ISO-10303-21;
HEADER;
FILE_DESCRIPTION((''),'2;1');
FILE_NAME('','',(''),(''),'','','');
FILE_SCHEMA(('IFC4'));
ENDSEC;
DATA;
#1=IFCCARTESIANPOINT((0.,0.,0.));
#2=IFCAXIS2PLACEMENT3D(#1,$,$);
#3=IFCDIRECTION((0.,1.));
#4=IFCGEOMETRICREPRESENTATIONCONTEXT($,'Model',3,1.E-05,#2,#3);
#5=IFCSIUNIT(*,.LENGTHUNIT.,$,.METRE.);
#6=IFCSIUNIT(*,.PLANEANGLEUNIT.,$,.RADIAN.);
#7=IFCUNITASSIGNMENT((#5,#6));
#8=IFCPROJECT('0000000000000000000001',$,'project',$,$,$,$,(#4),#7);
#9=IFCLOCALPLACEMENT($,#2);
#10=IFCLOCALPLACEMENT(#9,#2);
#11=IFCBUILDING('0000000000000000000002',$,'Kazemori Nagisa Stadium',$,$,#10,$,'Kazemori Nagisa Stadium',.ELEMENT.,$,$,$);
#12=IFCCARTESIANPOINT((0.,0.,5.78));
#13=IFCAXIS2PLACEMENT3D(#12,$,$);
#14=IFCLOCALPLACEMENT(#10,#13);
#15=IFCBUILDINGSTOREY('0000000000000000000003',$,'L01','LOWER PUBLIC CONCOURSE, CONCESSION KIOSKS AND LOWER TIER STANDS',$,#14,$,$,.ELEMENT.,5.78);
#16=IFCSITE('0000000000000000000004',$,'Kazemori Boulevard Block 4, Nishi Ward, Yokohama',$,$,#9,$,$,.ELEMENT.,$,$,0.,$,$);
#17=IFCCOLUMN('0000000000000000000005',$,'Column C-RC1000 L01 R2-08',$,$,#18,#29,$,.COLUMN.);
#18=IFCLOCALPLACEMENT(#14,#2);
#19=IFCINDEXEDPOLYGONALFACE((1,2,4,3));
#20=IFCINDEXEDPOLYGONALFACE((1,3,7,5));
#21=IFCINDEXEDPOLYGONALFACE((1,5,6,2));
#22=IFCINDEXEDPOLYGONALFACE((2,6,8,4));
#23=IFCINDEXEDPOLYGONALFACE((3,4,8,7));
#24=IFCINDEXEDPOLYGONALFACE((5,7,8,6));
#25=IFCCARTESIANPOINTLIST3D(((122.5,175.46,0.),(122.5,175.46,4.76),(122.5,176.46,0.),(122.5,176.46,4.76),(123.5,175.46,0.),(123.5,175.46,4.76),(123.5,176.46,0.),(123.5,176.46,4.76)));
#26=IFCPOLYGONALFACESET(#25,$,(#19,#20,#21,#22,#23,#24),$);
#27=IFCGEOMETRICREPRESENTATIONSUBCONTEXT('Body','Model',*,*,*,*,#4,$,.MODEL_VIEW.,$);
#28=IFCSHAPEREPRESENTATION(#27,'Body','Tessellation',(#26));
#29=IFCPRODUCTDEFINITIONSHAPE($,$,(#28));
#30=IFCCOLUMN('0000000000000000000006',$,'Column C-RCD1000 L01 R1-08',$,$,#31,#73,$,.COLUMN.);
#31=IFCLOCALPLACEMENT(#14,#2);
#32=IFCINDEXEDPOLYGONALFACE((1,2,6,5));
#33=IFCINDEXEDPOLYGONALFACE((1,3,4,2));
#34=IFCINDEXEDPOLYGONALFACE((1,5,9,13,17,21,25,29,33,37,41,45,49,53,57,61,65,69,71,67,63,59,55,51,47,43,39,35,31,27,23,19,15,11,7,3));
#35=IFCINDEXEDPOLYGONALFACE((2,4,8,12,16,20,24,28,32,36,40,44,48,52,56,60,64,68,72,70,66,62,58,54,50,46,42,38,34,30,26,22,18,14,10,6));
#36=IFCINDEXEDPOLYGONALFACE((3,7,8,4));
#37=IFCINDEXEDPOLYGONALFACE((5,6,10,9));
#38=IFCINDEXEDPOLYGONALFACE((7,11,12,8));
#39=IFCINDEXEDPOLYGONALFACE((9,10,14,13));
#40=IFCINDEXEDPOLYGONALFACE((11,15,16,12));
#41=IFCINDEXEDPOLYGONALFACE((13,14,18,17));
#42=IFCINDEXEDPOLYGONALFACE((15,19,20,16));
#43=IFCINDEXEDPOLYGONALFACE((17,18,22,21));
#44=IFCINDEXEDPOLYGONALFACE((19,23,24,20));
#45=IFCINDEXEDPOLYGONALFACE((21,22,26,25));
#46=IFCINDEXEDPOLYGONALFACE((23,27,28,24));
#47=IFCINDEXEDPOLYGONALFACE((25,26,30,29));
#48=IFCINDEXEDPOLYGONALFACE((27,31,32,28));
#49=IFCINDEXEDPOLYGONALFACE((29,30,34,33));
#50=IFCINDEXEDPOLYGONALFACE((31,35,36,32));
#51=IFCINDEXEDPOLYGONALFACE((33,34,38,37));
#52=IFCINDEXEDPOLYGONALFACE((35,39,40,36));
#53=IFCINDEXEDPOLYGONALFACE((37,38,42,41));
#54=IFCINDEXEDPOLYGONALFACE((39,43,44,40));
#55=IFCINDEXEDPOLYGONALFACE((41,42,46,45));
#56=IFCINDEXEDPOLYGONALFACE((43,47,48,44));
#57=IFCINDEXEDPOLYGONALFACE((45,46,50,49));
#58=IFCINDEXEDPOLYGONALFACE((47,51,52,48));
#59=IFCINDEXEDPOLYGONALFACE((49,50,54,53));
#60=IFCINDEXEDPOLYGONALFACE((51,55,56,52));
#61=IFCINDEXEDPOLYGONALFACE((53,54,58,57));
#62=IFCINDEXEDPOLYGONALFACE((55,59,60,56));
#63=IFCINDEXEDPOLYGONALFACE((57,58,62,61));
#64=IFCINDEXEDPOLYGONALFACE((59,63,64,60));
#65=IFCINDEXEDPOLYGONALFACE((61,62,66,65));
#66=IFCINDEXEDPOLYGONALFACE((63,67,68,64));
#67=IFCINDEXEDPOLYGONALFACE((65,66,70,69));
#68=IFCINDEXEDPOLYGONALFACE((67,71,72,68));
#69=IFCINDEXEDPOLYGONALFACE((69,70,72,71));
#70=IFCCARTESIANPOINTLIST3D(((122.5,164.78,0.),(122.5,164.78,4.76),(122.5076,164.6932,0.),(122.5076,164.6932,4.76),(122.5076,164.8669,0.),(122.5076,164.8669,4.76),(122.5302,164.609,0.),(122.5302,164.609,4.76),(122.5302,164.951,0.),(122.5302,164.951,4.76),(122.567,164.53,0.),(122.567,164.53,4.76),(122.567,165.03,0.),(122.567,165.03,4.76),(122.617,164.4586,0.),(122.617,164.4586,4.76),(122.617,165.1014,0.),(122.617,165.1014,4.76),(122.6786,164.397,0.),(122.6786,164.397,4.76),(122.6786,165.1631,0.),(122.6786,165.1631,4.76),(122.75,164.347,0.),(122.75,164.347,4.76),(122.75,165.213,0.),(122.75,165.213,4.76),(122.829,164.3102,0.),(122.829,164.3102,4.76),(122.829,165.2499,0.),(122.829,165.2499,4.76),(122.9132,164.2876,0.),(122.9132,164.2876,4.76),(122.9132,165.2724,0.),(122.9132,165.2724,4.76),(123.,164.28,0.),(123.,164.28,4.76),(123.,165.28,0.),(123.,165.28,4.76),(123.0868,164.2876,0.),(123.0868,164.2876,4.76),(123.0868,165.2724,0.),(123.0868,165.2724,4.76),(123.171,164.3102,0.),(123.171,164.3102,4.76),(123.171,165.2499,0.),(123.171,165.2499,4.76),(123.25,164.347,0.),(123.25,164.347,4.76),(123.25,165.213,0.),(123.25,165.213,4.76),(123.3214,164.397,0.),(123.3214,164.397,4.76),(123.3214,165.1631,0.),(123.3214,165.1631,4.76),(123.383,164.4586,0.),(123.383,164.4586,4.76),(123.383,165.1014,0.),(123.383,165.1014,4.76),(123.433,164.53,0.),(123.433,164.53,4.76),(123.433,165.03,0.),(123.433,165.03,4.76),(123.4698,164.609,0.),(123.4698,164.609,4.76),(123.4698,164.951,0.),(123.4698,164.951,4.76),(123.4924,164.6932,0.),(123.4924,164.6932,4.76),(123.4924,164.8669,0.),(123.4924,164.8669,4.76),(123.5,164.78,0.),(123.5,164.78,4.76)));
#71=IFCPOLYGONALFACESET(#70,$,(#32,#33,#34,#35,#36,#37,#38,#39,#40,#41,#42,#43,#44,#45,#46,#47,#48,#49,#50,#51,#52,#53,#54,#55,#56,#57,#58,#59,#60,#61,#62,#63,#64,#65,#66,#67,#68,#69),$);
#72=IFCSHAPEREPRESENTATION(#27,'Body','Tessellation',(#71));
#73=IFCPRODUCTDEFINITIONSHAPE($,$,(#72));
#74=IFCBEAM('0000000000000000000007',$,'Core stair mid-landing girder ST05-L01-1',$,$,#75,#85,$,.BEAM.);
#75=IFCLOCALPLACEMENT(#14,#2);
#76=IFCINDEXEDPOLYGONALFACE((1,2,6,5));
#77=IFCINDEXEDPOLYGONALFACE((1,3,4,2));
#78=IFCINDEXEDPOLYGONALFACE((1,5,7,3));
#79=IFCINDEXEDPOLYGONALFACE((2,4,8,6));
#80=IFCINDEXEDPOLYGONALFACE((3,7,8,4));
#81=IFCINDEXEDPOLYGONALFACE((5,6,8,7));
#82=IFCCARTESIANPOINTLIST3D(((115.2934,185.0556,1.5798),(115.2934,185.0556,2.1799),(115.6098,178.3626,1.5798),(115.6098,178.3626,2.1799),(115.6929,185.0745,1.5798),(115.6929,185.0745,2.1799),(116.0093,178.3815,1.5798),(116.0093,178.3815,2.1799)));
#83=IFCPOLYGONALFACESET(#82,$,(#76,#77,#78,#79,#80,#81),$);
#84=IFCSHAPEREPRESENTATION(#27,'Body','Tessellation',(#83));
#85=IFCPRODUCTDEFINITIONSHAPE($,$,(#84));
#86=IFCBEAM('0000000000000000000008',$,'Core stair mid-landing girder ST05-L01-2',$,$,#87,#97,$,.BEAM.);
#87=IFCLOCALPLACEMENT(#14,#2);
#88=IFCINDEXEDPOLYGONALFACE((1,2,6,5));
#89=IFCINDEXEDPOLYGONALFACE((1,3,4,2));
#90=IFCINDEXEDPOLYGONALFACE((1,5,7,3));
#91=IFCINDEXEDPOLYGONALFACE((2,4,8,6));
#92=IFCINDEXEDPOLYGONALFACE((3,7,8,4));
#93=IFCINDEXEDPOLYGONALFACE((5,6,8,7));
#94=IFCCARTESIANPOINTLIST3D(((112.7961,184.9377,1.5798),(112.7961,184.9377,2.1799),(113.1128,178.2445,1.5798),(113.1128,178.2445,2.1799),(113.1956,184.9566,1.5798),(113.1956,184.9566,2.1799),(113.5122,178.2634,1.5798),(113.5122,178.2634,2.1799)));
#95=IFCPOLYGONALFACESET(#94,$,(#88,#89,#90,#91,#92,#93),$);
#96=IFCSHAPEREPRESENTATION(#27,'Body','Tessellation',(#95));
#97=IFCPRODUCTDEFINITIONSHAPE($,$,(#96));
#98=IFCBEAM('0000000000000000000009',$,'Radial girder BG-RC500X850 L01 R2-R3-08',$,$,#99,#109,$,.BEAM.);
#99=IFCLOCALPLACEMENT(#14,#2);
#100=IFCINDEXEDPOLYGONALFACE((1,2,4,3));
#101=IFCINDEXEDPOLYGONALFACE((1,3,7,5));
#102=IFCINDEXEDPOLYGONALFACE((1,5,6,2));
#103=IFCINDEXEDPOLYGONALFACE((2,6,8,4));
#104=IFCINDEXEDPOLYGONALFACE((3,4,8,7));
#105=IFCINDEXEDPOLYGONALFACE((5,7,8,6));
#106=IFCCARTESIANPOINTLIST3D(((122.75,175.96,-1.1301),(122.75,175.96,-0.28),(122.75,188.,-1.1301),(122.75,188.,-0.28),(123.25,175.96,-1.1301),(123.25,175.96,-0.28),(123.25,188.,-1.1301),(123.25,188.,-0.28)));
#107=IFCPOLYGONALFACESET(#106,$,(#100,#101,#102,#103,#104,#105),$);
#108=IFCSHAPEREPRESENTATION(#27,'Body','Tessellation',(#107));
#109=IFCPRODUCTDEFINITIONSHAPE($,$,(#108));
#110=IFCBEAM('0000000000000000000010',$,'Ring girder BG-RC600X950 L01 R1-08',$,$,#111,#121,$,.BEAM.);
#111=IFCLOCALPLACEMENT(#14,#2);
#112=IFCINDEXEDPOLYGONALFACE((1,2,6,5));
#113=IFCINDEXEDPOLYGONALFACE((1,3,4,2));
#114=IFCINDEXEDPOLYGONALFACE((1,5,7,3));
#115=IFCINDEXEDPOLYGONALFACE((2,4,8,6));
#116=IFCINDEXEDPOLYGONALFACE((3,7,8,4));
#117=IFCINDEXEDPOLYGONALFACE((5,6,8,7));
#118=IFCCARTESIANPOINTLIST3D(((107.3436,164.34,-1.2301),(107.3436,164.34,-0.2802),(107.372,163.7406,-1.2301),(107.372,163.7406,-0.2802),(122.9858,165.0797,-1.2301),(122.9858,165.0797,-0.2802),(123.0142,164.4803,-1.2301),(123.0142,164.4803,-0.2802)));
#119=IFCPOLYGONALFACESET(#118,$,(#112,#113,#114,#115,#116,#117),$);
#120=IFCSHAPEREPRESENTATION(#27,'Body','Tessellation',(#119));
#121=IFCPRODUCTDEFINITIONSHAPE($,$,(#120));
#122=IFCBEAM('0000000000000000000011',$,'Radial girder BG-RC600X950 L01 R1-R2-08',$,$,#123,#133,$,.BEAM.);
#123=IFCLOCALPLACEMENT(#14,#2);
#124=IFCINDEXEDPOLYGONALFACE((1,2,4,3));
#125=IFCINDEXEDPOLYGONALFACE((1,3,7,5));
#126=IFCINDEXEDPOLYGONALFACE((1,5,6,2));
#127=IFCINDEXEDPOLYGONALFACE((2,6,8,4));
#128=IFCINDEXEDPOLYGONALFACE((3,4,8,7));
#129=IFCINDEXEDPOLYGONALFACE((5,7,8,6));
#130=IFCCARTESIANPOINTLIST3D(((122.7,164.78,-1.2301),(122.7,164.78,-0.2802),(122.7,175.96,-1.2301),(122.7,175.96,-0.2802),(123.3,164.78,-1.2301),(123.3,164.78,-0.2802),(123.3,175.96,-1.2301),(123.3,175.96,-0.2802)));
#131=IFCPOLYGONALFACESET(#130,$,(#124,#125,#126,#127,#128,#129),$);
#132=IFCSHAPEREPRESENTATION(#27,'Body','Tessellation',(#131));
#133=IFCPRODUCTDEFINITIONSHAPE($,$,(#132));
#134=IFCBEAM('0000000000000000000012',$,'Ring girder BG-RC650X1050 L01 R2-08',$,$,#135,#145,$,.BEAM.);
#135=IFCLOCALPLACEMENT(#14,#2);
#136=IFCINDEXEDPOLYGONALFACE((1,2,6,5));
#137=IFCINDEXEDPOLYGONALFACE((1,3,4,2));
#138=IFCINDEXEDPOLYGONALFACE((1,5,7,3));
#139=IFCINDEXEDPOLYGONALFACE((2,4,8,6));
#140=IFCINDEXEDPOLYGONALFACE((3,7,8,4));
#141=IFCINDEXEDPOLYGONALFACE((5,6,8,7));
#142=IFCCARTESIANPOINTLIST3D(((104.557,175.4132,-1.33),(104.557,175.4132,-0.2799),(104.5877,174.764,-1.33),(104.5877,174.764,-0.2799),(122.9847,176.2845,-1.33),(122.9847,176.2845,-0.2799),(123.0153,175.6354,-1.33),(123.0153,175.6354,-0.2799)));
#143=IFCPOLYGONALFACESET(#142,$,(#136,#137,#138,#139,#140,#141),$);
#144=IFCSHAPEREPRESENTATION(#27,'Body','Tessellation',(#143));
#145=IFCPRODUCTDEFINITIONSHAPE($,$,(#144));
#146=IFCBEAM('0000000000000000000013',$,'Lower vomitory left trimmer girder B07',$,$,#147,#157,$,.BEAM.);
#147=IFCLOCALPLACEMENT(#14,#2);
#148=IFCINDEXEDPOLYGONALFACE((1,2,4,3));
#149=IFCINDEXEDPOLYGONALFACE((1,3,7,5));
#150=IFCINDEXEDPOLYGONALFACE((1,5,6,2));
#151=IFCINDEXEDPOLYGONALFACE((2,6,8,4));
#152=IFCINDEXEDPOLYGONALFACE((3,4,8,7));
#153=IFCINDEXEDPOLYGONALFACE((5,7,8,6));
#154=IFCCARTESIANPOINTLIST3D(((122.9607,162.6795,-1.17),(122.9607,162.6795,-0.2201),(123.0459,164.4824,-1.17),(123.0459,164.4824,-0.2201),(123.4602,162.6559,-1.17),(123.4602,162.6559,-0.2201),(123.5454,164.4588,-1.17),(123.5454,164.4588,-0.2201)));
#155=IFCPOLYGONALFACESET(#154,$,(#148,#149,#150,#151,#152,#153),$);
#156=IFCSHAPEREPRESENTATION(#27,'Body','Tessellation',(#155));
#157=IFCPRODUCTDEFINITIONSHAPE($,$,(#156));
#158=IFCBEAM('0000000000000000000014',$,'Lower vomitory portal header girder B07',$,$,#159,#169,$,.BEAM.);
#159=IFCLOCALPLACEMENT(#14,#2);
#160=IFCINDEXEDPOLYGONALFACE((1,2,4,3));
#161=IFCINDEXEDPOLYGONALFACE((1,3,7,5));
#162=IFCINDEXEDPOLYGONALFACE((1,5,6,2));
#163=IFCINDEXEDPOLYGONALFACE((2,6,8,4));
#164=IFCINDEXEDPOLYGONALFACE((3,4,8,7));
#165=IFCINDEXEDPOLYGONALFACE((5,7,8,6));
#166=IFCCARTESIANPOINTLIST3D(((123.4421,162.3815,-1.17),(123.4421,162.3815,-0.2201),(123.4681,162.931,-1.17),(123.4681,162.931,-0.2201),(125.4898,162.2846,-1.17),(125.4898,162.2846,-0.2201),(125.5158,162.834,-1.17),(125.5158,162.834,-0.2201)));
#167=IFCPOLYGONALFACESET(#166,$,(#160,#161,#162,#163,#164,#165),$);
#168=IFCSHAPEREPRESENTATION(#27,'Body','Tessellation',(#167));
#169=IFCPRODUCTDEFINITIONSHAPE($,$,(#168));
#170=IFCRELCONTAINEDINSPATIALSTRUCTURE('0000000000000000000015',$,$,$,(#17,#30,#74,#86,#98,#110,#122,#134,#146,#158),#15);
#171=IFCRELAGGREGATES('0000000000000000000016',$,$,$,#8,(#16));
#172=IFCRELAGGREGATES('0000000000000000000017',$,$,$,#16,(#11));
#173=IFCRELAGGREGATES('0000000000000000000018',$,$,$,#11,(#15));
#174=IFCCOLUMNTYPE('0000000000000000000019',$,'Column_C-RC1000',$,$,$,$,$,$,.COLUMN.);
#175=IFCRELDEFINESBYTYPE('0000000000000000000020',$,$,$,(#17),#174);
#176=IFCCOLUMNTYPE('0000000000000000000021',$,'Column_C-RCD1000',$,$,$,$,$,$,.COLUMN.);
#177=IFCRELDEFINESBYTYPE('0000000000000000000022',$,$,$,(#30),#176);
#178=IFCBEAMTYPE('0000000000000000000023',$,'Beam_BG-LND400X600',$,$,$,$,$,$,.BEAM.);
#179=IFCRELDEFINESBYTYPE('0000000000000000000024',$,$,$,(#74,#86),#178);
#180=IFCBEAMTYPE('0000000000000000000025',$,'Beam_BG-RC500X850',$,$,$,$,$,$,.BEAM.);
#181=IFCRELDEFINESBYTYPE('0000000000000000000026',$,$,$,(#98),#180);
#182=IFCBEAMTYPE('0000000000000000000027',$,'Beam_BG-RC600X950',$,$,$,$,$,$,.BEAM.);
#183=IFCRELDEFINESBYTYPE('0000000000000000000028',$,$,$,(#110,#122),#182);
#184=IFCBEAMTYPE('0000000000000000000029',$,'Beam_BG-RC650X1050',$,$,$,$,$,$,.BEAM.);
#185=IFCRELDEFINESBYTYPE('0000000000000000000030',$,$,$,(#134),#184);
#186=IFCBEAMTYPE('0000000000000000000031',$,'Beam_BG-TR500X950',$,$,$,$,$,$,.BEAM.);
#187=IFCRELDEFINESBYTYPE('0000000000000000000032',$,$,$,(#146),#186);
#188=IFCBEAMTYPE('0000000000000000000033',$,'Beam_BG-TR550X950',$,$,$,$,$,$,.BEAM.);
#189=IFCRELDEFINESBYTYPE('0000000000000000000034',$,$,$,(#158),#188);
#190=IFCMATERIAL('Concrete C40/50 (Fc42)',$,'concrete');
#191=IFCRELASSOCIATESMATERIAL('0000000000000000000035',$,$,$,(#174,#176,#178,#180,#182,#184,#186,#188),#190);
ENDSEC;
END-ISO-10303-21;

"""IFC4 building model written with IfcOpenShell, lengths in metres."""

from ifc_helpers import new_model, si_unit, direction, frame, origin, origin_2d, place, context, subcontext, project, spatial, rectangle, circle, extrude, material, material_profile, profile_set, type_object, element, save


model = new_model("IFC4")

# Units and contexts
model_context = context("Model", 3, precision=1e-05, world=origin(), true_north=direction((0.0, 1.0)))
body_context = subcontext(model_context, "Body", "Model", "MODEL_VIEW")
ifc_project = project(units=[si_unit("LENGTHUNIT", "METRE"), si_unit("PLANEANGLEUNIT", "RADIAN")], contexts=[model_context])

# Site, building, storey
site_placement = place(None, origin())
site = spatial("IfcSite", under=ifc_project, at=site_placement, Name="Kazemori Boulevard Block 4, Nishi Ward, Yokohama", CompositionType="ELEMENT", RefElevation=0.0)
building_placement = place(site_placement, origin())
building = spatial("IfcBuilding", under=site, at=building_placement, Name="Kazemori Nagisa Stadium", LongName="Kazemori Nagisa Stadium", CompositionType="ELEMENT")
storey_placement = place(building_placement, frame((0.0, 0.0, 5.78)))
storey = spatial("IfcBuildingStorey", under=building, at=storey_placement, Name="L01", Description="LOWER PUBLIC CONCOURSE, CONCESSION KIOSKS AND LOWER TIER STANDS", CompositionType="ELEMENT", Elevation=5.78)

# Columns
ifc_material_1 = material(Name="Concrete C40/50 (Fc42)", Category="concrete")
ifc_material_profile_1 = material_profile(ifc_material_1, rectangle(XDim=1.0, YDim=1.0, at=origin_2d()), Name="RC-COL-1000x1000")
ifc_profile_set_1 = profile_set([ifc_material_profile_1], Name="Concrete C40/50 (Fc42)")
column_type_1 = type_object("IfcColumnType", Name="Column_C-RC1000", PredefinedType="COLUMN", material=ifc_profile_set_1)
column_1_placement = place(storey_placement, frame((123.0, 175.96, 0.0), z_axis=(0.0, 0.0, 1.0), x_axis=(0.0, 1.0, 0.0)))
element("IfcColumn", 1, at=column_1_placement, inside=storey, type_object=column_type_1, Name="Column C-RC1000 L01 R2-08", PredefinedType="COLUMN", context=body_context, shape_type="SweptSolid", body=[
    extrude(rectangle(XDim=1.0, YDim=1.0, at=origin_2d()), origin(), (0.0, 0.0, 1.0), 4.76),
])
ifc_material_profile_2 = material_profile(ifc_material_1, circle(Radius=0.5, at=origin_2d()), Name="RC-COL-D1000")
ifc_profile_set_2 = profile_set([ifc_material_profile_2], Name="Concrete C40/50 (Fc42)")
column_type_2 = type_object("IfcColumnType", Name="Column_C-RCD1000", PredefinedType="COLUMN", material=ifc_profile_set_2)
column_2_placement = place(storey_placement, frame((123.0, 164.78, 0.0), z_axis=(0.0, 0.0, 1.0), x_axis=(0.0, 1.0, 0.0)))
element("IfcColumn", 2, at=column_2_placement, inside=storey, type_object=column_type_2, Name="Column C-RCD1000 L01 R1-08", PredefinedType="COLUMN", context=body_context, shape_type="SweptSolid", body=[
    extrude(circle(Radius=0.5, at=origin_2d()), origin(), (0.0, 0.0, 1.0), 4.76),
])

# Beams
ifc_material_profile_3 = material_profile(ifc_material_1, rectangle(XDim=0.3999, YDim=0.6001, at=origin_2d()), Name="RC-BM-400x600")
ifc_profile_set_3 = profile_set([ifc_material_profile_3], Name="Concrete C40/50 (Fc42)")
beam_type_1 = type_object("IfcBeamType", Name="Beam_BG-LND400X600", PredefinedType="BEAM", material=ifc_profile_set_3)
beam_1_placement = place(storey_placement, frame((115.8096, 178.3721, 1.8799), z_axis=(-0.047222, 0.998884, 0.0), x_axis=(-0.998884, -0.047222, 0.0)))
element("IfcBeam", 3, at=beam_1_placement, inside=storey, type_object=beam_type_1, Name="Core stair mid-landing girder ST05-L01-1", PredefinedType="BEAM", context=body_context, shape_type="SweptSolid", body=[
    extrude(rectangle(XDim=0.3999, YDim=0.6001, at=origin_2d()), origin(), (0.0, 0.0, 1.0), 6.7004),
])
beam_2_placement = place(storey_placement, frame((113.3125, 178.2539, 1.8799), z_axis=(-0.047257, 0.998883, 0.0), x_axis=(-0.998883, -0.047257, 0.0)))
element("IfcBeam", 4, at=beam_2_placement, inside=storey, type_object=beam_type_1, Name="Core stair mid-landing girder ST05-L01-2", PredefinedType="BEAM", context=body_context, shape_type="SweptSolid", body=[
    extrude(rectangle(XDim=0.3999, YDim=0.6001, at=origin_2d()), origin(), (0.0, 0.0, 1.0), 6.7007),
])
ifc_material_profile_4 = material_profile(ifc_material_1, rectangle(XDim=0.5, YDim=0.8501, at=origin_2d()), Name="RC-BM-500x850")
ifc_profile_set_4 = profile_set([ifc_material_profile_4], Name="Concrete C40/50 (Fc42)")
beam_type_2 = type_object("IfcBeamType", Name="Beam_BG-RC500X850", PredefinedType="BEAM", material=ifc_profile_set_4)
beam_3_placement = place(storey_placement, frame((123.0, 175.96, -0.7051), z_axis=(0.0, 1.0, 0.0), x_axis=(-1.0, 0.0, 0.0)))
element("IfcBeam", 5, at=beam_3_placement, inside=storey, type_object=beam_type_2, Name="Radial girder BG-RC500X850 L01 R2-R3-08", PredefinedType="BEAM", context=body_context, shape_type="SweptSolid", body=[
    extrude(rectangle(XDim=0.5, YDim=0.8501, at=origin_2d()), origin(), (0.0, 0.0, 1.0), 12.04),
])
ifc_material_profile_5 = material_profile(ifc_material_1, rectangle(XDim=0.6001, YDim=0.95, at=origin_2d()), Name="RC-BM-600x950")
ifc_profile_set_5 = profile_set([ifc_material_profile_5], Name="Concrete C40/50 (Fc42)")
beam_type_3 = type_object("IfcBeamType", Name="Beam_BG-RC600X950", PredefinedType="BEAM", material=ifc_profile_set_5)
beam_4_placement = place(storey_placement, frame((123.0, 164.78, -0.7551), z_axis=(-0.998884, -0.047239, 0.0), x_axis=(0.047239, -0.998884, 0.0)))
element("IfcBeam", 6, at=beam_4_placement, inside=storey, type_object=beam_type_3, Name="Ring girder BG-RC600X950 L01 R1-08", PredefinedType="BEAM", context=body_context, shape_type="SweptSolid", body=[
    extrude(rectangle(XDim=0.6001, YDim=0.95, at=origin_2d()), origin(), (0.0, 0.0, 1.0), 15.6597),
])
beam_5_placement = place(storey_placement, frame((123.0, 164.78, -0.7551), z_axis=(0.0, 1.0, 0.0), x_axis=(-1.0, 0.0, 0.0)))
element("IfcBeam", 7, at=beam_5_placement, inside=storey, type_object=beam_type_3, Name="Radial girder BG-RC600X950 L01 R1-R2-08", PredefinedType="BEAM", context=body_context, shape_type="SweptSolid", body=[
    extrude(rectangle(XDim=0.6001, YDim=0.95, at=origin_2d()), origin(), (0.0, 0.0, 1.0), 11.1799),
])
ifc_material_profile_6 = material_profile(ifc_material_1, rectangle(XDim=0.6499, YDim=1.05, at=origin_2d()), Name="RC-BM-650x1050")
ifc_profile_set_6 = profile_set([ifc_material_profile_6], Name="Concrete C40/50 (Fc42)")
beam_type_4 = type_object("IfcBeamType", Name="Beam_BG-RC650X1050", PredefinedType="BEAM", material=ifc_profile_set_6)
beam_6_placement = place(storey_placement, frame((123.0, 175.96, -0.8049), z_axis=(-0.998884, -0.047231, 0.0), x_axis=(0.047231, -0.998884, 0.0)))
element("IfcBeam", 8, at=beam_6_placement, inside=storey, type_object=beam_type_4, Name="Ring girder BG-RC650X1050 L01 R2-08", PredefinedType="BEAM", context=body_context, shape_type="SweptSolid", body=[
    extrude(rectangle(XDim=0.6499, YDim=1.05, at=origin_2d()), origin(), (0.0, 0.0, 1.0), 18.4482),
])
ifc_material_profile_7 = material_profile(ifc_material_1, rectangle(XDim=0.5, YDim=0.95, at=origin_2d()), Name="RC-BM-500x950")
ifc_profile_set_7 = profile_set([ifc_material_profile_7], Name="Concrete C40/50 (Fc42)")
beam_type_5 = type_object("IfcBeamType", Name="Beam_BG-TR500X950", PredefinedType="BEAM", material=ifc_profile_set_7)
beam_7_placement = place(storey_placement, frame((123.2104, 162.6677, -0.6951), z_axis=(0.047205, 0.998885, 0.0), x_axis=(-0.998885, 0.047205, 0.0)))
element("IfcBeam", 9, at=beam_7_placement, inside=storey, type_object=beam_type_5, Name="Lower vomitory left trimmer girder B07", PredefinedType="BEAM", context=body_context, shape_type="SweptSolid", body=[
    extrude(rectangle(XDim=0.5, YDim=0.95, at=origin_2d()), origin(), (0.0, 0.0, 1.0), 1.8049),
])
ifc_material_profile_8 = material_profile(ifc_material_1, rectangle(XDim=0.55, YDim=0.95, at=origin_2d()), Name="RC-BM-550x950")
ifc_profile_set_8 = profile_set([ifc_material_profile_8], Name="Concrete C40/50 (Fc42)")
beam_type_6 = type_object("IfcBeamType", Name="Beam_BG-TR550X950", PredefinedType="BEAM", material=ifc_profile_set_8)
beam_8_placement = place(storey_placement, frame((123.4551, 162.6562, -0.6951), z_axis=(0.998882, -0.047277, 0.0), x_axis=(0.047277, 0.998882, 0.0)))
element("IfcBeam", 10, at=beam_8_placement, inside=storey, type_object=beam_type_6, Name="Lower vomitory portal header girder B07", PredefinedType="BEAM", context=body_context, shape_type="SweptSolid", body=[
    extrude(rectangle(XDim=0.55, YDim=0.95, at=origin_2d()), origin(), (0.0, 0.0, 1.0), 2.05),
])

save(model, "model.ifc")
